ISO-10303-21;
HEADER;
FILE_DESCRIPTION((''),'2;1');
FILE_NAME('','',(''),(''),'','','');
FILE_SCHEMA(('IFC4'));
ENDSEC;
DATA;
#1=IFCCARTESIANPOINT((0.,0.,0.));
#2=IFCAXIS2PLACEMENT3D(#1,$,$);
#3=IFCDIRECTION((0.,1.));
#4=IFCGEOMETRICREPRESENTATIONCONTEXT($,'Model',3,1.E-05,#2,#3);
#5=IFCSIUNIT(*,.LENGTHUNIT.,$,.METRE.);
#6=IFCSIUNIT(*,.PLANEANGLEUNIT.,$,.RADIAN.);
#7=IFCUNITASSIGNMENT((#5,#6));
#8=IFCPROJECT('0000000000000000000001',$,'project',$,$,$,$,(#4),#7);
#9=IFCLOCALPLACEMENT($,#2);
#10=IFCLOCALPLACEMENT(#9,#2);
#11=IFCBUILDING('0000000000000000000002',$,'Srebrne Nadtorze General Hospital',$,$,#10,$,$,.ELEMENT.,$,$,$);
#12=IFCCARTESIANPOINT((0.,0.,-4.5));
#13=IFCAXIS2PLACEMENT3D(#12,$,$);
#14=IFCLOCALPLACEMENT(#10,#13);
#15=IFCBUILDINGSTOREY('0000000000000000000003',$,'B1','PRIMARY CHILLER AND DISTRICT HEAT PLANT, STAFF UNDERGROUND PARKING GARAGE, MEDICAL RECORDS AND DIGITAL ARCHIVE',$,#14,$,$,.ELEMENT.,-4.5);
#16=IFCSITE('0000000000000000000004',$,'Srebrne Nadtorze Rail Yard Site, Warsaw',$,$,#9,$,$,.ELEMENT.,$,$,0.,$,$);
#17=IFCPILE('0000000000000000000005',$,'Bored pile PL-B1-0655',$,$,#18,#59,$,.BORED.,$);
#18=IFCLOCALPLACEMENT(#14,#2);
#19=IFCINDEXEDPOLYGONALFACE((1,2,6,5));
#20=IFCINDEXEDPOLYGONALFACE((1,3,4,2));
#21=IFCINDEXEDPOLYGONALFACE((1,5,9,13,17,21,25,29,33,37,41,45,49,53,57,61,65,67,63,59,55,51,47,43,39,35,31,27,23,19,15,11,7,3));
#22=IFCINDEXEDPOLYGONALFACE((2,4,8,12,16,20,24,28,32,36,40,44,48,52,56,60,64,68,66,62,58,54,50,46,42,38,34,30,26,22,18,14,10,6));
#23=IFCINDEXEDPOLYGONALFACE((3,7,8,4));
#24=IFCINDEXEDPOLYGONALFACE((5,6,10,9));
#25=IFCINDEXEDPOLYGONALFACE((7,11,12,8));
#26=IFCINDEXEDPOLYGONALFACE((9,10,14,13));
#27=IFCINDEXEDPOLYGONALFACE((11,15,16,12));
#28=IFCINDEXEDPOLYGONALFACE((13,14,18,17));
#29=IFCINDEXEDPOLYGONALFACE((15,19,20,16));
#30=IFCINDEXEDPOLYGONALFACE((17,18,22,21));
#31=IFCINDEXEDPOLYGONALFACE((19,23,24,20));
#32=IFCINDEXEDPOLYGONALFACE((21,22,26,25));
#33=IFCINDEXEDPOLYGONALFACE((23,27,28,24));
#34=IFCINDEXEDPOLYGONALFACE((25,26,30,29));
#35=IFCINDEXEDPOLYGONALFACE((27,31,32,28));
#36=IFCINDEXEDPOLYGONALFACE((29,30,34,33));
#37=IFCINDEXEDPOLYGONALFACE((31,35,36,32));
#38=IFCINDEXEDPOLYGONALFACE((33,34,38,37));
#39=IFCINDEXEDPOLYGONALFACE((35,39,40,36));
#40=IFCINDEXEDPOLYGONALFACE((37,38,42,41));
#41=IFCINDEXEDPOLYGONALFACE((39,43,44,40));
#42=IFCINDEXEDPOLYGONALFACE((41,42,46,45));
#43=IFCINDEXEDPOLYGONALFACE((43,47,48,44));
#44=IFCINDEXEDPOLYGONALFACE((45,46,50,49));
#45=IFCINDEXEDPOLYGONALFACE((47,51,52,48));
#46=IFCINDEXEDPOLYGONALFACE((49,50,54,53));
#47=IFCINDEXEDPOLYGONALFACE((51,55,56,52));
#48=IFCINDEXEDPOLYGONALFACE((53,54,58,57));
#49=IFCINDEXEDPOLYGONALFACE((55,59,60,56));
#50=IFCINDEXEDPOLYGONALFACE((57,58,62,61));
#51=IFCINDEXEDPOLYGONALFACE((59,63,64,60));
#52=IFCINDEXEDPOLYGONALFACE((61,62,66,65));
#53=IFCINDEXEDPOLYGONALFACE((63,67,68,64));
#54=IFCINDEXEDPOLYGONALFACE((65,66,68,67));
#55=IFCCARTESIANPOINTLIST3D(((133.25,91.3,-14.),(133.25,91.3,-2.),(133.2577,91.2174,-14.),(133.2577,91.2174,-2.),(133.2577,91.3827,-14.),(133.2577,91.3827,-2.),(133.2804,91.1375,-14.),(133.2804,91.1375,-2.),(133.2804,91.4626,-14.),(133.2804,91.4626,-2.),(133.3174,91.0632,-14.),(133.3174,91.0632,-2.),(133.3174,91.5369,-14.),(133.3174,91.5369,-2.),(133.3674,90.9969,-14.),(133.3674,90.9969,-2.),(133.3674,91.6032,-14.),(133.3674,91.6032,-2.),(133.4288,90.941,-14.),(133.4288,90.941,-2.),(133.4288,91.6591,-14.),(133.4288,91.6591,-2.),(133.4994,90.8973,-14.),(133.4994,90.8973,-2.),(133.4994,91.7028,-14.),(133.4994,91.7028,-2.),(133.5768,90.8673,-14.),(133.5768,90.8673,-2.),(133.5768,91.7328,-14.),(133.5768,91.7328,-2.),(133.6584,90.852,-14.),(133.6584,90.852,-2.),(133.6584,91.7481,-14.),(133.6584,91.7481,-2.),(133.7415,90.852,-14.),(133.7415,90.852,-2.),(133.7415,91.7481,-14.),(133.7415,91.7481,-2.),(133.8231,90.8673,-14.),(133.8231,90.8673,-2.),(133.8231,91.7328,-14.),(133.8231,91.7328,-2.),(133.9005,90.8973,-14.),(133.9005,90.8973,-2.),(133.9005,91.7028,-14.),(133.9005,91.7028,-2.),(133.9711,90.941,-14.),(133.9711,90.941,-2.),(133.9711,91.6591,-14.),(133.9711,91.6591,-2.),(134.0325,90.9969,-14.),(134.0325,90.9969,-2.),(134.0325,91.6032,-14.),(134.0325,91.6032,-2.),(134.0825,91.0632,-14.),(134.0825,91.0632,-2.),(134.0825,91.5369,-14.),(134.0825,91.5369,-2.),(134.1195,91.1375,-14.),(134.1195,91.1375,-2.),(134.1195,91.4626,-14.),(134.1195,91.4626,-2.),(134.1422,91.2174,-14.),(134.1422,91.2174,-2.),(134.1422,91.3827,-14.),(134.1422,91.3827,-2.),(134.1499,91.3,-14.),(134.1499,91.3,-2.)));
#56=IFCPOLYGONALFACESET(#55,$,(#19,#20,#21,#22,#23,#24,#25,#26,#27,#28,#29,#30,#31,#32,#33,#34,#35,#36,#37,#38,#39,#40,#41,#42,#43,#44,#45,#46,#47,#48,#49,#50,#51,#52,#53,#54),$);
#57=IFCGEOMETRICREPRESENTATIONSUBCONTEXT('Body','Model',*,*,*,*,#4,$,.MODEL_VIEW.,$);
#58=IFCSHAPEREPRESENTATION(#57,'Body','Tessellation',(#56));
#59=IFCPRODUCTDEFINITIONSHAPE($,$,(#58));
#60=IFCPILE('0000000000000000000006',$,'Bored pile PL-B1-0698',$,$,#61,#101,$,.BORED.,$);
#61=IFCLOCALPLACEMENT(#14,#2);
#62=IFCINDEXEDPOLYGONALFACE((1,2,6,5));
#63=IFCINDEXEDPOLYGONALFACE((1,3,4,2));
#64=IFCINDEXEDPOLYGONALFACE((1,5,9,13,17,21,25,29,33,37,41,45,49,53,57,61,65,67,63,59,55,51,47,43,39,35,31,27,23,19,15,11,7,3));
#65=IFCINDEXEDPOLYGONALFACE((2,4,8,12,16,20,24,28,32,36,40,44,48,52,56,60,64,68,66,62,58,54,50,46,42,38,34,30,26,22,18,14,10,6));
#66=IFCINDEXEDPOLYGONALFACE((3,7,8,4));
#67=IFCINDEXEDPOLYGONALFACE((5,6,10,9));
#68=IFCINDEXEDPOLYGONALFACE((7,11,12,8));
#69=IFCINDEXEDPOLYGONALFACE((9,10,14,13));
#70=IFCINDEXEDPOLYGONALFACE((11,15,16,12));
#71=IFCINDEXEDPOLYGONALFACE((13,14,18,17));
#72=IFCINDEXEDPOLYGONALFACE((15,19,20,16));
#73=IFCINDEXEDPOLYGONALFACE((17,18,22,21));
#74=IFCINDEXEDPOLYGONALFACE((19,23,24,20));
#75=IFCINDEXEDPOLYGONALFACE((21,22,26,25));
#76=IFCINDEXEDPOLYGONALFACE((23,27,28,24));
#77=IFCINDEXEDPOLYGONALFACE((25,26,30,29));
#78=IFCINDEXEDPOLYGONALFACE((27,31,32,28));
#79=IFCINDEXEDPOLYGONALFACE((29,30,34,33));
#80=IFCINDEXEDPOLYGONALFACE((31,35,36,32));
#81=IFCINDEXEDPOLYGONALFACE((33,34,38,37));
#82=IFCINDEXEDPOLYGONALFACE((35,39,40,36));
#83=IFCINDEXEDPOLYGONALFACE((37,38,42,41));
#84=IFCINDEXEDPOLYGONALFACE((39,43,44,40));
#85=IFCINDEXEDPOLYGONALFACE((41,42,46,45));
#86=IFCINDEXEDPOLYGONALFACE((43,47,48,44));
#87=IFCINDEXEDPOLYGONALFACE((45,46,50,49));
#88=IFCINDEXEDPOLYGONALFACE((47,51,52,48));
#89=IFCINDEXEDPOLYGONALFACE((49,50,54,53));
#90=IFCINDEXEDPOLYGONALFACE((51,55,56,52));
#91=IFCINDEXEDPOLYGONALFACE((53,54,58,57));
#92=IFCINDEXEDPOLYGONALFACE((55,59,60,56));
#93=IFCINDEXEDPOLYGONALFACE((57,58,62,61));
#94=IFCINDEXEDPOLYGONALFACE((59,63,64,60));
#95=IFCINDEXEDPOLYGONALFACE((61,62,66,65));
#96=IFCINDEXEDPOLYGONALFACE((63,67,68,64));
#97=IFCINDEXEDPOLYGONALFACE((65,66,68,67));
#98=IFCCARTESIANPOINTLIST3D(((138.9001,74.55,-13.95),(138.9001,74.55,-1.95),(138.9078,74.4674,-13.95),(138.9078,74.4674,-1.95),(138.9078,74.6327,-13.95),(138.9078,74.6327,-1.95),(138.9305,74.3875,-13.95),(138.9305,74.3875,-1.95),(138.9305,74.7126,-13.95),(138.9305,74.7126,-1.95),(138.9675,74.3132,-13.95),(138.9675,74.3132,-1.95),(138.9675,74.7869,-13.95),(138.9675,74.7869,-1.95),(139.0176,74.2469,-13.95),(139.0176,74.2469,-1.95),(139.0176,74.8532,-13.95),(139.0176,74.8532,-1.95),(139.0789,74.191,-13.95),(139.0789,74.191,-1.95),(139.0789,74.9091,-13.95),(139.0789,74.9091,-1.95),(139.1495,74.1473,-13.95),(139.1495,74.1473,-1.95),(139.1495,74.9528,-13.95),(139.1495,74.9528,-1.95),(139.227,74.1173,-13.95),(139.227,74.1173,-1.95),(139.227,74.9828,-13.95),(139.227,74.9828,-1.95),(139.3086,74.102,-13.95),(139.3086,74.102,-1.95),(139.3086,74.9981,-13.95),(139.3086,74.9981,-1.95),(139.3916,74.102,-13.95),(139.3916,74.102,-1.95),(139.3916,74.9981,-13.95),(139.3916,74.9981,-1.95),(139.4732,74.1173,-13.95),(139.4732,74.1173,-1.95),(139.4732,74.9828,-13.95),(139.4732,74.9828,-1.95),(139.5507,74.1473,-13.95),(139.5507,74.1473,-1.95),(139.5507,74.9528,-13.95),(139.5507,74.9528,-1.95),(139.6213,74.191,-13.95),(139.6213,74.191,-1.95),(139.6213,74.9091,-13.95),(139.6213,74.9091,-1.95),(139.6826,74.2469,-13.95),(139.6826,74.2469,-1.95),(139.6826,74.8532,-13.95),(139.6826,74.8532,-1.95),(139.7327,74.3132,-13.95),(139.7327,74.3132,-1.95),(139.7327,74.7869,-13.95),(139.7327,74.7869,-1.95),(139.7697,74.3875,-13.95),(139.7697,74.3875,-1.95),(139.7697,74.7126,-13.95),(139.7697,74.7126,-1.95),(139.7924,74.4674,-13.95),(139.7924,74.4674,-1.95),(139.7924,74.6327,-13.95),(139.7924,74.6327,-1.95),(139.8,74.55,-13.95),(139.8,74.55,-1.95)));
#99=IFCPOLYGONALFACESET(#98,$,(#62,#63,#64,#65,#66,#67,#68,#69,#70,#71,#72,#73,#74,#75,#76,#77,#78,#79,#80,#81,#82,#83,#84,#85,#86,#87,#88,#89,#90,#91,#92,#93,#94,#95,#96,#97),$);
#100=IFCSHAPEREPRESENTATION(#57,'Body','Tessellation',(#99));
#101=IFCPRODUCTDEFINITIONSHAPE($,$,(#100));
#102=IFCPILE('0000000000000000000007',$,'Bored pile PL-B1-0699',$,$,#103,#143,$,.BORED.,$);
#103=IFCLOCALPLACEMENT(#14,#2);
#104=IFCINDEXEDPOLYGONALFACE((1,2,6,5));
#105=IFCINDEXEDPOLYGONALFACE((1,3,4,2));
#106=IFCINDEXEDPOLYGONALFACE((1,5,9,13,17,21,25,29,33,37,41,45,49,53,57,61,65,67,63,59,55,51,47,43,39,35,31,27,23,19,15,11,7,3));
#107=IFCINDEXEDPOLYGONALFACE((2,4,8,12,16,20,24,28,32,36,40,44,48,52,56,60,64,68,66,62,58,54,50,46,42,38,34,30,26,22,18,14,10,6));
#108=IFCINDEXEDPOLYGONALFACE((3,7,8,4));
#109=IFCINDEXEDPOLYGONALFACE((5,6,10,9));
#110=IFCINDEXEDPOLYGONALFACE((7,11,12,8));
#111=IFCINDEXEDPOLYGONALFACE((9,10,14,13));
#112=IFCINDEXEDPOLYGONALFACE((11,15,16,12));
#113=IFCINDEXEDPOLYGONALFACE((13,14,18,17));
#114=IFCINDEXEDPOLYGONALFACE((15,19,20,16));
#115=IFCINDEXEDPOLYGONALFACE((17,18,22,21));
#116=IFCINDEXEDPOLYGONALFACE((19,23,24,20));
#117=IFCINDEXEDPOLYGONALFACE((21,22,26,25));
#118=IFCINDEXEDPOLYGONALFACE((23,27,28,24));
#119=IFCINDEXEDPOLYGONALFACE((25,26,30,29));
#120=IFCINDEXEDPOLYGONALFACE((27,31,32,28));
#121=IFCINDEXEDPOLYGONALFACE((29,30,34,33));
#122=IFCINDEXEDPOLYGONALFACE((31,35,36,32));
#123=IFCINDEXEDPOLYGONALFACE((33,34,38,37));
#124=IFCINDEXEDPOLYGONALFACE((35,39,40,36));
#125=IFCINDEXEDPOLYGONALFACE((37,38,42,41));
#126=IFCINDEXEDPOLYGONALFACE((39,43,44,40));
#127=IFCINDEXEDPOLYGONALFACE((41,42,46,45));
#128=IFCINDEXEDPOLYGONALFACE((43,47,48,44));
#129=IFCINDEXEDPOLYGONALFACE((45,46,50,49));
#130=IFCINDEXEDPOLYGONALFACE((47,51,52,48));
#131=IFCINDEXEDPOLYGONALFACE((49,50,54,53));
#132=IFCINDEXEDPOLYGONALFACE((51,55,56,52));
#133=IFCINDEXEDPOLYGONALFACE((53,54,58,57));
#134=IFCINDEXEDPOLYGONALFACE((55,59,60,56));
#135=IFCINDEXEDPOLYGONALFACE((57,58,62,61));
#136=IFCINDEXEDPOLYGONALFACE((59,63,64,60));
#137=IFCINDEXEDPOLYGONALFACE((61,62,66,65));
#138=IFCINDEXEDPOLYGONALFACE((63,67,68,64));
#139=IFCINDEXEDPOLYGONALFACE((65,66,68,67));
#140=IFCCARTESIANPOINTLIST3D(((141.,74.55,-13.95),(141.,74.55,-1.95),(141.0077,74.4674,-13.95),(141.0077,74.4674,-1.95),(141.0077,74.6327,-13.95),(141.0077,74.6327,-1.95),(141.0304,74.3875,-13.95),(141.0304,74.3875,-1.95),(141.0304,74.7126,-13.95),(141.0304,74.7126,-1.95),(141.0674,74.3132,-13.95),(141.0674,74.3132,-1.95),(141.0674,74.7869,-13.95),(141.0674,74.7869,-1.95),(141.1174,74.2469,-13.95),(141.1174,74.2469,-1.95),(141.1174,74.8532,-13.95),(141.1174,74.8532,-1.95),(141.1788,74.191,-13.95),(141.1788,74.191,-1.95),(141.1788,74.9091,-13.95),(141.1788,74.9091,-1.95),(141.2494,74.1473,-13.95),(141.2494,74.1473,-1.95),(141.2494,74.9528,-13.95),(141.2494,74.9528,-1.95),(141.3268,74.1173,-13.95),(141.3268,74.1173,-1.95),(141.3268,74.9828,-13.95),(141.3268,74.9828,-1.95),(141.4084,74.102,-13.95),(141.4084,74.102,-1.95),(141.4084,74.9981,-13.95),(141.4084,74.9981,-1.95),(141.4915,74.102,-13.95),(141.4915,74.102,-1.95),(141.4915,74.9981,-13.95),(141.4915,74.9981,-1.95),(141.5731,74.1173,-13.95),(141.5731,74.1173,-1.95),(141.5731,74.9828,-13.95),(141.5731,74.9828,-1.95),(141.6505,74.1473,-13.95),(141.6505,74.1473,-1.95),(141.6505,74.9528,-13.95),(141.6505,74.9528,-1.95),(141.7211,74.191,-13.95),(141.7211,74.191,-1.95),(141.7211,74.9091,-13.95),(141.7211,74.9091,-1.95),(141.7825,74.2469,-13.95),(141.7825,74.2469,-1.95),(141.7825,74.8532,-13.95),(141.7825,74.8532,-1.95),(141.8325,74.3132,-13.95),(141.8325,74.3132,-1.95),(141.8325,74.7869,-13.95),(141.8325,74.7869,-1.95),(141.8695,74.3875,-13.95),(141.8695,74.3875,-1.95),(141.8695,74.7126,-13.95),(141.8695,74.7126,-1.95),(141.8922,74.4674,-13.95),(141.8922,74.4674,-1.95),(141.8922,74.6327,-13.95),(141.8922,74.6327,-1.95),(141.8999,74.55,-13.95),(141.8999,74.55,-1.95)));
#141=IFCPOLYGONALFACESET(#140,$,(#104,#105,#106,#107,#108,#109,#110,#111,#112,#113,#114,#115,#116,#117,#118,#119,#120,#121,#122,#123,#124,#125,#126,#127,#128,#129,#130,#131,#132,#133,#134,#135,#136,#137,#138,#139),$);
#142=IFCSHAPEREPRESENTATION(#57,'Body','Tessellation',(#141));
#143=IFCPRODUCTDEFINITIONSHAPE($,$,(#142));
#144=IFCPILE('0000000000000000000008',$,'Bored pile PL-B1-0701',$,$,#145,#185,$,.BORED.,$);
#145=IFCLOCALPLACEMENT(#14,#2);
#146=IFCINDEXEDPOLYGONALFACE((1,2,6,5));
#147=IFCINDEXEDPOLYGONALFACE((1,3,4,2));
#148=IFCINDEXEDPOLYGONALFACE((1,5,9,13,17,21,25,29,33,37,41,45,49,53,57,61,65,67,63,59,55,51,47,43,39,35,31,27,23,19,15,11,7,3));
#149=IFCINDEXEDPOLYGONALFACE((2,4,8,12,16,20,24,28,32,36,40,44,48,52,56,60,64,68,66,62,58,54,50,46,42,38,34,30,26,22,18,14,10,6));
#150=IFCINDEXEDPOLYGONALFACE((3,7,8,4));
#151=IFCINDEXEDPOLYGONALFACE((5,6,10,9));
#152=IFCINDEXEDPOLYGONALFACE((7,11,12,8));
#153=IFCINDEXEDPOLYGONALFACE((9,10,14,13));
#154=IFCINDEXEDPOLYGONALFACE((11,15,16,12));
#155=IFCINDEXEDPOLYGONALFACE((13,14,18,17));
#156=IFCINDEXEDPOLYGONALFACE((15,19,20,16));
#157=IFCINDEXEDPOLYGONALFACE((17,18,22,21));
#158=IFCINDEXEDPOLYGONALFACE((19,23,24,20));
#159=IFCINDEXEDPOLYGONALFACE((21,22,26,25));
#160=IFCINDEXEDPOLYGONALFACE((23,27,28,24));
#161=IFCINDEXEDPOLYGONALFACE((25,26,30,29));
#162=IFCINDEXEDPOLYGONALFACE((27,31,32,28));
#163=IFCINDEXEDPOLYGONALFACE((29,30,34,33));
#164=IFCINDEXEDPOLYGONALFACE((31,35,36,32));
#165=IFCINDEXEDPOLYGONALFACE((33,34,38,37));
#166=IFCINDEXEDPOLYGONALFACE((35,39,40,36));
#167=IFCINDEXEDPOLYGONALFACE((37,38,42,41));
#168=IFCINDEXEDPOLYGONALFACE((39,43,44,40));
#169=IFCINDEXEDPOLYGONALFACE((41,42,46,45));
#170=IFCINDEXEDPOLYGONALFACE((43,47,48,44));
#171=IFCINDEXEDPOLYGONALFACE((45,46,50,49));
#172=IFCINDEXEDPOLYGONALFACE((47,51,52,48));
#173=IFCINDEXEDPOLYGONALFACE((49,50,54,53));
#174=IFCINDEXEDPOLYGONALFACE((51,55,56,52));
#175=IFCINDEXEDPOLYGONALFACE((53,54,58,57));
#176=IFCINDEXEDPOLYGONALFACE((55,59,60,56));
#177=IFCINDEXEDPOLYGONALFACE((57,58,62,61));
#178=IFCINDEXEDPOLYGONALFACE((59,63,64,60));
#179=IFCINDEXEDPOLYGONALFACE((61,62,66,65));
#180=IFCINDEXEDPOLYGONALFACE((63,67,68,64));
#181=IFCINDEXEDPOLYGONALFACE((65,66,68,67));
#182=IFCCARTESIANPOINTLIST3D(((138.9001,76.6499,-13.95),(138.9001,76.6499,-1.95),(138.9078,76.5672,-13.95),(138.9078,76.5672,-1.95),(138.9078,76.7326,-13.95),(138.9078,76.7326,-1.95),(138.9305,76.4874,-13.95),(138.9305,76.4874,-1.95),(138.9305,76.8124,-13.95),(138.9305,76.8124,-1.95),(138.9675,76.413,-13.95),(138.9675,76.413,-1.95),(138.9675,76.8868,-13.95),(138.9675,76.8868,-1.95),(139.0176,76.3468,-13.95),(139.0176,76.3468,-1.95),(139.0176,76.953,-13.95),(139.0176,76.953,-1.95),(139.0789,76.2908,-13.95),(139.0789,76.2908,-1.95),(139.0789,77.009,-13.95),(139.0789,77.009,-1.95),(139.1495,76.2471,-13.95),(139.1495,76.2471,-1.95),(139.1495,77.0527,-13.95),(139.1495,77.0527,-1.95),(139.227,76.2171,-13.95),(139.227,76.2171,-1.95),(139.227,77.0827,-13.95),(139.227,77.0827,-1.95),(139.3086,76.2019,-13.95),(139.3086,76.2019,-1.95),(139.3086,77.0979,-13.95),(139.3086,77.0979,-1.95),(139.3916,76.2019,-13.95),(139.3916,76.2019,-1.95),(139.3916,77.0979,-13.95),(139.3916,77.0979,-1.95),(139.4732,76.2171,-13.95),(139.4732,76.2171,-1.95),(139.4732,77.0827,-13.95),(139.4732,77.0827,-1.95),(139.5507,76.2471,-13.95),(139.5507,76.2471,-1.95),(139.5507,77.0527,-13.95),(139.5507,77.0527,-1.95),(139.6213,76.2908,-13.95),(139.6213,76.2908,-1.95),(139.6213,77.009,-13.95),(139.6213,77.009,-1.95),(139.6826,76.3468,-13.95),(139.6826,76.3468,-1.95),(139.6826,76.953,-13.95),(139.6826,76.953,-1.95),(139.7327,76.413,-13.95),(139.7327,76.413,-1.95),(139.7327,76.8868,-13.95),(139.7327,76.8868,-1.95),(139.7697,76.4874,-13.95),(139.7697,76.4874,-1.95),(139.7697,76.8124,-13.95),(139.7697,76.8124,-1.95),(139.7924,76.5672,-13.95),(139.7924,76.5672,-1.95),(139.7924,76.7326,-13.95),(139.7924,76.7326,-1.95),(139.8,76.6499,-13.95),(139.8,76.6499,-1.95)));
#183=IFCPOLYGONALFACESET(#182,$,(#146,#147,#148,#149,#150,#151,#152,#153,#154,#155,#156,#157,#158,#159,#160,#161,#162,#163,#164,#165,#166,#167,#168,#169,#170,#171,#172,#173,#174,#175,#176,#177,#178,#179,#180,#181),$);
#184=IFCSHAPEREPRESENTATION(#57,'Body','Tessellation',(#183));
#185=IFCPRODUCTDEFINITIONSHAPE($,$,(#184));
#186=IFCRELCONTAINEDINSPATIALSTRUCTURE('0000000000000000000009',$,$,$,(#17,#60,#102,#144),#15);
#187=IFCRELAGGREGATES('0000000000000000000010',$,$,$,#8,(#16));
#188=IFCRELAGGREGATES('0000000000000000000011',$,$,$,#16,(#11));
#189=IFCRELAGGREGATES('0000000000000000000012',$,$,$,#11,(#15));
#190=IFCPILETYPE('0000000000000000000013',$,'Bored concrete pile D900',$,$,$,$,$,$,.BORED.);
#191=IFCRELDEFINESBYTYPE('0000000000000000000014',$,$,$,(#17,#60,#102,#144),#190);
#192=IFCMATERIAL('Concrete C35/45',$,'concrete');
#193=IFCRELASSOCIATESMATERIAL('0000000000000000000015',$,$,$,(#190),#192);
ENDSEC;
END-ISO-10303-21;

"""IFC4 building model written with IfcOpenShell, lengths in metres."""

from ifc_helpers import new_model, si_unit, direction, frame, origin, origin_2d, place, context, subcontext, project, spatial, circle, extrude, material, material_profile, profile_set, type_object, element, save


model = new_model("IFC4")

# Units and contexts
model_context = context("Model", 3, precision=1e-05, world=origin(), true_north=direction((0.0, 1.0)))
body_context = subcontext(model_context, "Body", "Model", "MODEL_VIEW")
ifc_project = project(units=[si_unit("LENGTHUNIT", "METRE"), si_unit("PLANEANGLEUNIT", "RADIAN")], contexts=[model_context])

# Site, building, storey
site_placement = place(None, origin())
site = spatial("IfcSite", under=ifc_project, at=site_placement, Name="Srebrne Nadtorze Rail Yard Site, Warsaw", CompositionType="ELEMENT", RefElevation=0.0)
building_placement = place(site_placement, origin())
building = spatial("IfcBuilding", under=site, at=building_placement, Name="Srebrne Nadtorze General Hospital", CompositionType="ELEMENT")
storey_placement = place(building_placement, frame((0.0, 0.0, -4.5)))
storey = spatial("IfcBuildingStorey", under=building, at=storey_placement, Name="B1", Description="PRIMARY CHILLER AND DISTRICT HEAT PLANT, STAFF UNDERGROUND PARKING GARAGE, MEDICAL RECORDS AND DIGITAL ARCHIVE", CompositionType="ELEMENT", Elevation=-4.5)

# Piles
ifc_material_1 = material(Name="Concrete C35/45", Category="concrete")
ifc_material_profile_1 = material_profile(ifc_material_1, circle(Radius=0.45, at=origin_2d()), Name="PILE-D900")
ifc_profile_set_1 = profile_set([ifc_material_profile_1], Name="Concrete C35/45")
pile_type_1 = type_object("IfcPileType", Name="Bored concrete pile D900", PredefinedType="BORED", material=ifc_profile_set_1)
for number, where, z_axis, x_axis, name in (
    (1, (133.7, 91.3, -2.0), (0.0, 0.0, -1.0), (1.0, 0.0, 0.0), "Bored pile PL-B1-0655"),
    (2, (139.3501, 74.55, -1.95), (0.0, 0.0, -1.0), (1.0, 0.0, 0.0), "Bored pile PL-B1-0698"),
    (3, (141.45, 74.55, -1.95), (0.0, 0.0, -1.0), (1.0, 0.0, 0.0), "Bored pile PL-B1-0699"),
    (4, (139.3501, 76.6499, -1.95), (0.0, 0.0, -1.0), (1.0, 0.0, 0.0), "Bored pile PL-B1-0701"),
):
    element("IfcPile", number, at=place(storey_placement, frame(where, z_axis=z_axis, x_axis=x_axis)), inside=storey, type_object=pile_type_1, Name=name, PredefinedType="BORED", context=body_context, shape_type="SweptSolid", body=[
        extrude(circle(Radius=0.45, at=origin_2d()), origin(), (0.0, 0.0, 1.0), 12.0),
    ])

save(model, "model.ifc")
